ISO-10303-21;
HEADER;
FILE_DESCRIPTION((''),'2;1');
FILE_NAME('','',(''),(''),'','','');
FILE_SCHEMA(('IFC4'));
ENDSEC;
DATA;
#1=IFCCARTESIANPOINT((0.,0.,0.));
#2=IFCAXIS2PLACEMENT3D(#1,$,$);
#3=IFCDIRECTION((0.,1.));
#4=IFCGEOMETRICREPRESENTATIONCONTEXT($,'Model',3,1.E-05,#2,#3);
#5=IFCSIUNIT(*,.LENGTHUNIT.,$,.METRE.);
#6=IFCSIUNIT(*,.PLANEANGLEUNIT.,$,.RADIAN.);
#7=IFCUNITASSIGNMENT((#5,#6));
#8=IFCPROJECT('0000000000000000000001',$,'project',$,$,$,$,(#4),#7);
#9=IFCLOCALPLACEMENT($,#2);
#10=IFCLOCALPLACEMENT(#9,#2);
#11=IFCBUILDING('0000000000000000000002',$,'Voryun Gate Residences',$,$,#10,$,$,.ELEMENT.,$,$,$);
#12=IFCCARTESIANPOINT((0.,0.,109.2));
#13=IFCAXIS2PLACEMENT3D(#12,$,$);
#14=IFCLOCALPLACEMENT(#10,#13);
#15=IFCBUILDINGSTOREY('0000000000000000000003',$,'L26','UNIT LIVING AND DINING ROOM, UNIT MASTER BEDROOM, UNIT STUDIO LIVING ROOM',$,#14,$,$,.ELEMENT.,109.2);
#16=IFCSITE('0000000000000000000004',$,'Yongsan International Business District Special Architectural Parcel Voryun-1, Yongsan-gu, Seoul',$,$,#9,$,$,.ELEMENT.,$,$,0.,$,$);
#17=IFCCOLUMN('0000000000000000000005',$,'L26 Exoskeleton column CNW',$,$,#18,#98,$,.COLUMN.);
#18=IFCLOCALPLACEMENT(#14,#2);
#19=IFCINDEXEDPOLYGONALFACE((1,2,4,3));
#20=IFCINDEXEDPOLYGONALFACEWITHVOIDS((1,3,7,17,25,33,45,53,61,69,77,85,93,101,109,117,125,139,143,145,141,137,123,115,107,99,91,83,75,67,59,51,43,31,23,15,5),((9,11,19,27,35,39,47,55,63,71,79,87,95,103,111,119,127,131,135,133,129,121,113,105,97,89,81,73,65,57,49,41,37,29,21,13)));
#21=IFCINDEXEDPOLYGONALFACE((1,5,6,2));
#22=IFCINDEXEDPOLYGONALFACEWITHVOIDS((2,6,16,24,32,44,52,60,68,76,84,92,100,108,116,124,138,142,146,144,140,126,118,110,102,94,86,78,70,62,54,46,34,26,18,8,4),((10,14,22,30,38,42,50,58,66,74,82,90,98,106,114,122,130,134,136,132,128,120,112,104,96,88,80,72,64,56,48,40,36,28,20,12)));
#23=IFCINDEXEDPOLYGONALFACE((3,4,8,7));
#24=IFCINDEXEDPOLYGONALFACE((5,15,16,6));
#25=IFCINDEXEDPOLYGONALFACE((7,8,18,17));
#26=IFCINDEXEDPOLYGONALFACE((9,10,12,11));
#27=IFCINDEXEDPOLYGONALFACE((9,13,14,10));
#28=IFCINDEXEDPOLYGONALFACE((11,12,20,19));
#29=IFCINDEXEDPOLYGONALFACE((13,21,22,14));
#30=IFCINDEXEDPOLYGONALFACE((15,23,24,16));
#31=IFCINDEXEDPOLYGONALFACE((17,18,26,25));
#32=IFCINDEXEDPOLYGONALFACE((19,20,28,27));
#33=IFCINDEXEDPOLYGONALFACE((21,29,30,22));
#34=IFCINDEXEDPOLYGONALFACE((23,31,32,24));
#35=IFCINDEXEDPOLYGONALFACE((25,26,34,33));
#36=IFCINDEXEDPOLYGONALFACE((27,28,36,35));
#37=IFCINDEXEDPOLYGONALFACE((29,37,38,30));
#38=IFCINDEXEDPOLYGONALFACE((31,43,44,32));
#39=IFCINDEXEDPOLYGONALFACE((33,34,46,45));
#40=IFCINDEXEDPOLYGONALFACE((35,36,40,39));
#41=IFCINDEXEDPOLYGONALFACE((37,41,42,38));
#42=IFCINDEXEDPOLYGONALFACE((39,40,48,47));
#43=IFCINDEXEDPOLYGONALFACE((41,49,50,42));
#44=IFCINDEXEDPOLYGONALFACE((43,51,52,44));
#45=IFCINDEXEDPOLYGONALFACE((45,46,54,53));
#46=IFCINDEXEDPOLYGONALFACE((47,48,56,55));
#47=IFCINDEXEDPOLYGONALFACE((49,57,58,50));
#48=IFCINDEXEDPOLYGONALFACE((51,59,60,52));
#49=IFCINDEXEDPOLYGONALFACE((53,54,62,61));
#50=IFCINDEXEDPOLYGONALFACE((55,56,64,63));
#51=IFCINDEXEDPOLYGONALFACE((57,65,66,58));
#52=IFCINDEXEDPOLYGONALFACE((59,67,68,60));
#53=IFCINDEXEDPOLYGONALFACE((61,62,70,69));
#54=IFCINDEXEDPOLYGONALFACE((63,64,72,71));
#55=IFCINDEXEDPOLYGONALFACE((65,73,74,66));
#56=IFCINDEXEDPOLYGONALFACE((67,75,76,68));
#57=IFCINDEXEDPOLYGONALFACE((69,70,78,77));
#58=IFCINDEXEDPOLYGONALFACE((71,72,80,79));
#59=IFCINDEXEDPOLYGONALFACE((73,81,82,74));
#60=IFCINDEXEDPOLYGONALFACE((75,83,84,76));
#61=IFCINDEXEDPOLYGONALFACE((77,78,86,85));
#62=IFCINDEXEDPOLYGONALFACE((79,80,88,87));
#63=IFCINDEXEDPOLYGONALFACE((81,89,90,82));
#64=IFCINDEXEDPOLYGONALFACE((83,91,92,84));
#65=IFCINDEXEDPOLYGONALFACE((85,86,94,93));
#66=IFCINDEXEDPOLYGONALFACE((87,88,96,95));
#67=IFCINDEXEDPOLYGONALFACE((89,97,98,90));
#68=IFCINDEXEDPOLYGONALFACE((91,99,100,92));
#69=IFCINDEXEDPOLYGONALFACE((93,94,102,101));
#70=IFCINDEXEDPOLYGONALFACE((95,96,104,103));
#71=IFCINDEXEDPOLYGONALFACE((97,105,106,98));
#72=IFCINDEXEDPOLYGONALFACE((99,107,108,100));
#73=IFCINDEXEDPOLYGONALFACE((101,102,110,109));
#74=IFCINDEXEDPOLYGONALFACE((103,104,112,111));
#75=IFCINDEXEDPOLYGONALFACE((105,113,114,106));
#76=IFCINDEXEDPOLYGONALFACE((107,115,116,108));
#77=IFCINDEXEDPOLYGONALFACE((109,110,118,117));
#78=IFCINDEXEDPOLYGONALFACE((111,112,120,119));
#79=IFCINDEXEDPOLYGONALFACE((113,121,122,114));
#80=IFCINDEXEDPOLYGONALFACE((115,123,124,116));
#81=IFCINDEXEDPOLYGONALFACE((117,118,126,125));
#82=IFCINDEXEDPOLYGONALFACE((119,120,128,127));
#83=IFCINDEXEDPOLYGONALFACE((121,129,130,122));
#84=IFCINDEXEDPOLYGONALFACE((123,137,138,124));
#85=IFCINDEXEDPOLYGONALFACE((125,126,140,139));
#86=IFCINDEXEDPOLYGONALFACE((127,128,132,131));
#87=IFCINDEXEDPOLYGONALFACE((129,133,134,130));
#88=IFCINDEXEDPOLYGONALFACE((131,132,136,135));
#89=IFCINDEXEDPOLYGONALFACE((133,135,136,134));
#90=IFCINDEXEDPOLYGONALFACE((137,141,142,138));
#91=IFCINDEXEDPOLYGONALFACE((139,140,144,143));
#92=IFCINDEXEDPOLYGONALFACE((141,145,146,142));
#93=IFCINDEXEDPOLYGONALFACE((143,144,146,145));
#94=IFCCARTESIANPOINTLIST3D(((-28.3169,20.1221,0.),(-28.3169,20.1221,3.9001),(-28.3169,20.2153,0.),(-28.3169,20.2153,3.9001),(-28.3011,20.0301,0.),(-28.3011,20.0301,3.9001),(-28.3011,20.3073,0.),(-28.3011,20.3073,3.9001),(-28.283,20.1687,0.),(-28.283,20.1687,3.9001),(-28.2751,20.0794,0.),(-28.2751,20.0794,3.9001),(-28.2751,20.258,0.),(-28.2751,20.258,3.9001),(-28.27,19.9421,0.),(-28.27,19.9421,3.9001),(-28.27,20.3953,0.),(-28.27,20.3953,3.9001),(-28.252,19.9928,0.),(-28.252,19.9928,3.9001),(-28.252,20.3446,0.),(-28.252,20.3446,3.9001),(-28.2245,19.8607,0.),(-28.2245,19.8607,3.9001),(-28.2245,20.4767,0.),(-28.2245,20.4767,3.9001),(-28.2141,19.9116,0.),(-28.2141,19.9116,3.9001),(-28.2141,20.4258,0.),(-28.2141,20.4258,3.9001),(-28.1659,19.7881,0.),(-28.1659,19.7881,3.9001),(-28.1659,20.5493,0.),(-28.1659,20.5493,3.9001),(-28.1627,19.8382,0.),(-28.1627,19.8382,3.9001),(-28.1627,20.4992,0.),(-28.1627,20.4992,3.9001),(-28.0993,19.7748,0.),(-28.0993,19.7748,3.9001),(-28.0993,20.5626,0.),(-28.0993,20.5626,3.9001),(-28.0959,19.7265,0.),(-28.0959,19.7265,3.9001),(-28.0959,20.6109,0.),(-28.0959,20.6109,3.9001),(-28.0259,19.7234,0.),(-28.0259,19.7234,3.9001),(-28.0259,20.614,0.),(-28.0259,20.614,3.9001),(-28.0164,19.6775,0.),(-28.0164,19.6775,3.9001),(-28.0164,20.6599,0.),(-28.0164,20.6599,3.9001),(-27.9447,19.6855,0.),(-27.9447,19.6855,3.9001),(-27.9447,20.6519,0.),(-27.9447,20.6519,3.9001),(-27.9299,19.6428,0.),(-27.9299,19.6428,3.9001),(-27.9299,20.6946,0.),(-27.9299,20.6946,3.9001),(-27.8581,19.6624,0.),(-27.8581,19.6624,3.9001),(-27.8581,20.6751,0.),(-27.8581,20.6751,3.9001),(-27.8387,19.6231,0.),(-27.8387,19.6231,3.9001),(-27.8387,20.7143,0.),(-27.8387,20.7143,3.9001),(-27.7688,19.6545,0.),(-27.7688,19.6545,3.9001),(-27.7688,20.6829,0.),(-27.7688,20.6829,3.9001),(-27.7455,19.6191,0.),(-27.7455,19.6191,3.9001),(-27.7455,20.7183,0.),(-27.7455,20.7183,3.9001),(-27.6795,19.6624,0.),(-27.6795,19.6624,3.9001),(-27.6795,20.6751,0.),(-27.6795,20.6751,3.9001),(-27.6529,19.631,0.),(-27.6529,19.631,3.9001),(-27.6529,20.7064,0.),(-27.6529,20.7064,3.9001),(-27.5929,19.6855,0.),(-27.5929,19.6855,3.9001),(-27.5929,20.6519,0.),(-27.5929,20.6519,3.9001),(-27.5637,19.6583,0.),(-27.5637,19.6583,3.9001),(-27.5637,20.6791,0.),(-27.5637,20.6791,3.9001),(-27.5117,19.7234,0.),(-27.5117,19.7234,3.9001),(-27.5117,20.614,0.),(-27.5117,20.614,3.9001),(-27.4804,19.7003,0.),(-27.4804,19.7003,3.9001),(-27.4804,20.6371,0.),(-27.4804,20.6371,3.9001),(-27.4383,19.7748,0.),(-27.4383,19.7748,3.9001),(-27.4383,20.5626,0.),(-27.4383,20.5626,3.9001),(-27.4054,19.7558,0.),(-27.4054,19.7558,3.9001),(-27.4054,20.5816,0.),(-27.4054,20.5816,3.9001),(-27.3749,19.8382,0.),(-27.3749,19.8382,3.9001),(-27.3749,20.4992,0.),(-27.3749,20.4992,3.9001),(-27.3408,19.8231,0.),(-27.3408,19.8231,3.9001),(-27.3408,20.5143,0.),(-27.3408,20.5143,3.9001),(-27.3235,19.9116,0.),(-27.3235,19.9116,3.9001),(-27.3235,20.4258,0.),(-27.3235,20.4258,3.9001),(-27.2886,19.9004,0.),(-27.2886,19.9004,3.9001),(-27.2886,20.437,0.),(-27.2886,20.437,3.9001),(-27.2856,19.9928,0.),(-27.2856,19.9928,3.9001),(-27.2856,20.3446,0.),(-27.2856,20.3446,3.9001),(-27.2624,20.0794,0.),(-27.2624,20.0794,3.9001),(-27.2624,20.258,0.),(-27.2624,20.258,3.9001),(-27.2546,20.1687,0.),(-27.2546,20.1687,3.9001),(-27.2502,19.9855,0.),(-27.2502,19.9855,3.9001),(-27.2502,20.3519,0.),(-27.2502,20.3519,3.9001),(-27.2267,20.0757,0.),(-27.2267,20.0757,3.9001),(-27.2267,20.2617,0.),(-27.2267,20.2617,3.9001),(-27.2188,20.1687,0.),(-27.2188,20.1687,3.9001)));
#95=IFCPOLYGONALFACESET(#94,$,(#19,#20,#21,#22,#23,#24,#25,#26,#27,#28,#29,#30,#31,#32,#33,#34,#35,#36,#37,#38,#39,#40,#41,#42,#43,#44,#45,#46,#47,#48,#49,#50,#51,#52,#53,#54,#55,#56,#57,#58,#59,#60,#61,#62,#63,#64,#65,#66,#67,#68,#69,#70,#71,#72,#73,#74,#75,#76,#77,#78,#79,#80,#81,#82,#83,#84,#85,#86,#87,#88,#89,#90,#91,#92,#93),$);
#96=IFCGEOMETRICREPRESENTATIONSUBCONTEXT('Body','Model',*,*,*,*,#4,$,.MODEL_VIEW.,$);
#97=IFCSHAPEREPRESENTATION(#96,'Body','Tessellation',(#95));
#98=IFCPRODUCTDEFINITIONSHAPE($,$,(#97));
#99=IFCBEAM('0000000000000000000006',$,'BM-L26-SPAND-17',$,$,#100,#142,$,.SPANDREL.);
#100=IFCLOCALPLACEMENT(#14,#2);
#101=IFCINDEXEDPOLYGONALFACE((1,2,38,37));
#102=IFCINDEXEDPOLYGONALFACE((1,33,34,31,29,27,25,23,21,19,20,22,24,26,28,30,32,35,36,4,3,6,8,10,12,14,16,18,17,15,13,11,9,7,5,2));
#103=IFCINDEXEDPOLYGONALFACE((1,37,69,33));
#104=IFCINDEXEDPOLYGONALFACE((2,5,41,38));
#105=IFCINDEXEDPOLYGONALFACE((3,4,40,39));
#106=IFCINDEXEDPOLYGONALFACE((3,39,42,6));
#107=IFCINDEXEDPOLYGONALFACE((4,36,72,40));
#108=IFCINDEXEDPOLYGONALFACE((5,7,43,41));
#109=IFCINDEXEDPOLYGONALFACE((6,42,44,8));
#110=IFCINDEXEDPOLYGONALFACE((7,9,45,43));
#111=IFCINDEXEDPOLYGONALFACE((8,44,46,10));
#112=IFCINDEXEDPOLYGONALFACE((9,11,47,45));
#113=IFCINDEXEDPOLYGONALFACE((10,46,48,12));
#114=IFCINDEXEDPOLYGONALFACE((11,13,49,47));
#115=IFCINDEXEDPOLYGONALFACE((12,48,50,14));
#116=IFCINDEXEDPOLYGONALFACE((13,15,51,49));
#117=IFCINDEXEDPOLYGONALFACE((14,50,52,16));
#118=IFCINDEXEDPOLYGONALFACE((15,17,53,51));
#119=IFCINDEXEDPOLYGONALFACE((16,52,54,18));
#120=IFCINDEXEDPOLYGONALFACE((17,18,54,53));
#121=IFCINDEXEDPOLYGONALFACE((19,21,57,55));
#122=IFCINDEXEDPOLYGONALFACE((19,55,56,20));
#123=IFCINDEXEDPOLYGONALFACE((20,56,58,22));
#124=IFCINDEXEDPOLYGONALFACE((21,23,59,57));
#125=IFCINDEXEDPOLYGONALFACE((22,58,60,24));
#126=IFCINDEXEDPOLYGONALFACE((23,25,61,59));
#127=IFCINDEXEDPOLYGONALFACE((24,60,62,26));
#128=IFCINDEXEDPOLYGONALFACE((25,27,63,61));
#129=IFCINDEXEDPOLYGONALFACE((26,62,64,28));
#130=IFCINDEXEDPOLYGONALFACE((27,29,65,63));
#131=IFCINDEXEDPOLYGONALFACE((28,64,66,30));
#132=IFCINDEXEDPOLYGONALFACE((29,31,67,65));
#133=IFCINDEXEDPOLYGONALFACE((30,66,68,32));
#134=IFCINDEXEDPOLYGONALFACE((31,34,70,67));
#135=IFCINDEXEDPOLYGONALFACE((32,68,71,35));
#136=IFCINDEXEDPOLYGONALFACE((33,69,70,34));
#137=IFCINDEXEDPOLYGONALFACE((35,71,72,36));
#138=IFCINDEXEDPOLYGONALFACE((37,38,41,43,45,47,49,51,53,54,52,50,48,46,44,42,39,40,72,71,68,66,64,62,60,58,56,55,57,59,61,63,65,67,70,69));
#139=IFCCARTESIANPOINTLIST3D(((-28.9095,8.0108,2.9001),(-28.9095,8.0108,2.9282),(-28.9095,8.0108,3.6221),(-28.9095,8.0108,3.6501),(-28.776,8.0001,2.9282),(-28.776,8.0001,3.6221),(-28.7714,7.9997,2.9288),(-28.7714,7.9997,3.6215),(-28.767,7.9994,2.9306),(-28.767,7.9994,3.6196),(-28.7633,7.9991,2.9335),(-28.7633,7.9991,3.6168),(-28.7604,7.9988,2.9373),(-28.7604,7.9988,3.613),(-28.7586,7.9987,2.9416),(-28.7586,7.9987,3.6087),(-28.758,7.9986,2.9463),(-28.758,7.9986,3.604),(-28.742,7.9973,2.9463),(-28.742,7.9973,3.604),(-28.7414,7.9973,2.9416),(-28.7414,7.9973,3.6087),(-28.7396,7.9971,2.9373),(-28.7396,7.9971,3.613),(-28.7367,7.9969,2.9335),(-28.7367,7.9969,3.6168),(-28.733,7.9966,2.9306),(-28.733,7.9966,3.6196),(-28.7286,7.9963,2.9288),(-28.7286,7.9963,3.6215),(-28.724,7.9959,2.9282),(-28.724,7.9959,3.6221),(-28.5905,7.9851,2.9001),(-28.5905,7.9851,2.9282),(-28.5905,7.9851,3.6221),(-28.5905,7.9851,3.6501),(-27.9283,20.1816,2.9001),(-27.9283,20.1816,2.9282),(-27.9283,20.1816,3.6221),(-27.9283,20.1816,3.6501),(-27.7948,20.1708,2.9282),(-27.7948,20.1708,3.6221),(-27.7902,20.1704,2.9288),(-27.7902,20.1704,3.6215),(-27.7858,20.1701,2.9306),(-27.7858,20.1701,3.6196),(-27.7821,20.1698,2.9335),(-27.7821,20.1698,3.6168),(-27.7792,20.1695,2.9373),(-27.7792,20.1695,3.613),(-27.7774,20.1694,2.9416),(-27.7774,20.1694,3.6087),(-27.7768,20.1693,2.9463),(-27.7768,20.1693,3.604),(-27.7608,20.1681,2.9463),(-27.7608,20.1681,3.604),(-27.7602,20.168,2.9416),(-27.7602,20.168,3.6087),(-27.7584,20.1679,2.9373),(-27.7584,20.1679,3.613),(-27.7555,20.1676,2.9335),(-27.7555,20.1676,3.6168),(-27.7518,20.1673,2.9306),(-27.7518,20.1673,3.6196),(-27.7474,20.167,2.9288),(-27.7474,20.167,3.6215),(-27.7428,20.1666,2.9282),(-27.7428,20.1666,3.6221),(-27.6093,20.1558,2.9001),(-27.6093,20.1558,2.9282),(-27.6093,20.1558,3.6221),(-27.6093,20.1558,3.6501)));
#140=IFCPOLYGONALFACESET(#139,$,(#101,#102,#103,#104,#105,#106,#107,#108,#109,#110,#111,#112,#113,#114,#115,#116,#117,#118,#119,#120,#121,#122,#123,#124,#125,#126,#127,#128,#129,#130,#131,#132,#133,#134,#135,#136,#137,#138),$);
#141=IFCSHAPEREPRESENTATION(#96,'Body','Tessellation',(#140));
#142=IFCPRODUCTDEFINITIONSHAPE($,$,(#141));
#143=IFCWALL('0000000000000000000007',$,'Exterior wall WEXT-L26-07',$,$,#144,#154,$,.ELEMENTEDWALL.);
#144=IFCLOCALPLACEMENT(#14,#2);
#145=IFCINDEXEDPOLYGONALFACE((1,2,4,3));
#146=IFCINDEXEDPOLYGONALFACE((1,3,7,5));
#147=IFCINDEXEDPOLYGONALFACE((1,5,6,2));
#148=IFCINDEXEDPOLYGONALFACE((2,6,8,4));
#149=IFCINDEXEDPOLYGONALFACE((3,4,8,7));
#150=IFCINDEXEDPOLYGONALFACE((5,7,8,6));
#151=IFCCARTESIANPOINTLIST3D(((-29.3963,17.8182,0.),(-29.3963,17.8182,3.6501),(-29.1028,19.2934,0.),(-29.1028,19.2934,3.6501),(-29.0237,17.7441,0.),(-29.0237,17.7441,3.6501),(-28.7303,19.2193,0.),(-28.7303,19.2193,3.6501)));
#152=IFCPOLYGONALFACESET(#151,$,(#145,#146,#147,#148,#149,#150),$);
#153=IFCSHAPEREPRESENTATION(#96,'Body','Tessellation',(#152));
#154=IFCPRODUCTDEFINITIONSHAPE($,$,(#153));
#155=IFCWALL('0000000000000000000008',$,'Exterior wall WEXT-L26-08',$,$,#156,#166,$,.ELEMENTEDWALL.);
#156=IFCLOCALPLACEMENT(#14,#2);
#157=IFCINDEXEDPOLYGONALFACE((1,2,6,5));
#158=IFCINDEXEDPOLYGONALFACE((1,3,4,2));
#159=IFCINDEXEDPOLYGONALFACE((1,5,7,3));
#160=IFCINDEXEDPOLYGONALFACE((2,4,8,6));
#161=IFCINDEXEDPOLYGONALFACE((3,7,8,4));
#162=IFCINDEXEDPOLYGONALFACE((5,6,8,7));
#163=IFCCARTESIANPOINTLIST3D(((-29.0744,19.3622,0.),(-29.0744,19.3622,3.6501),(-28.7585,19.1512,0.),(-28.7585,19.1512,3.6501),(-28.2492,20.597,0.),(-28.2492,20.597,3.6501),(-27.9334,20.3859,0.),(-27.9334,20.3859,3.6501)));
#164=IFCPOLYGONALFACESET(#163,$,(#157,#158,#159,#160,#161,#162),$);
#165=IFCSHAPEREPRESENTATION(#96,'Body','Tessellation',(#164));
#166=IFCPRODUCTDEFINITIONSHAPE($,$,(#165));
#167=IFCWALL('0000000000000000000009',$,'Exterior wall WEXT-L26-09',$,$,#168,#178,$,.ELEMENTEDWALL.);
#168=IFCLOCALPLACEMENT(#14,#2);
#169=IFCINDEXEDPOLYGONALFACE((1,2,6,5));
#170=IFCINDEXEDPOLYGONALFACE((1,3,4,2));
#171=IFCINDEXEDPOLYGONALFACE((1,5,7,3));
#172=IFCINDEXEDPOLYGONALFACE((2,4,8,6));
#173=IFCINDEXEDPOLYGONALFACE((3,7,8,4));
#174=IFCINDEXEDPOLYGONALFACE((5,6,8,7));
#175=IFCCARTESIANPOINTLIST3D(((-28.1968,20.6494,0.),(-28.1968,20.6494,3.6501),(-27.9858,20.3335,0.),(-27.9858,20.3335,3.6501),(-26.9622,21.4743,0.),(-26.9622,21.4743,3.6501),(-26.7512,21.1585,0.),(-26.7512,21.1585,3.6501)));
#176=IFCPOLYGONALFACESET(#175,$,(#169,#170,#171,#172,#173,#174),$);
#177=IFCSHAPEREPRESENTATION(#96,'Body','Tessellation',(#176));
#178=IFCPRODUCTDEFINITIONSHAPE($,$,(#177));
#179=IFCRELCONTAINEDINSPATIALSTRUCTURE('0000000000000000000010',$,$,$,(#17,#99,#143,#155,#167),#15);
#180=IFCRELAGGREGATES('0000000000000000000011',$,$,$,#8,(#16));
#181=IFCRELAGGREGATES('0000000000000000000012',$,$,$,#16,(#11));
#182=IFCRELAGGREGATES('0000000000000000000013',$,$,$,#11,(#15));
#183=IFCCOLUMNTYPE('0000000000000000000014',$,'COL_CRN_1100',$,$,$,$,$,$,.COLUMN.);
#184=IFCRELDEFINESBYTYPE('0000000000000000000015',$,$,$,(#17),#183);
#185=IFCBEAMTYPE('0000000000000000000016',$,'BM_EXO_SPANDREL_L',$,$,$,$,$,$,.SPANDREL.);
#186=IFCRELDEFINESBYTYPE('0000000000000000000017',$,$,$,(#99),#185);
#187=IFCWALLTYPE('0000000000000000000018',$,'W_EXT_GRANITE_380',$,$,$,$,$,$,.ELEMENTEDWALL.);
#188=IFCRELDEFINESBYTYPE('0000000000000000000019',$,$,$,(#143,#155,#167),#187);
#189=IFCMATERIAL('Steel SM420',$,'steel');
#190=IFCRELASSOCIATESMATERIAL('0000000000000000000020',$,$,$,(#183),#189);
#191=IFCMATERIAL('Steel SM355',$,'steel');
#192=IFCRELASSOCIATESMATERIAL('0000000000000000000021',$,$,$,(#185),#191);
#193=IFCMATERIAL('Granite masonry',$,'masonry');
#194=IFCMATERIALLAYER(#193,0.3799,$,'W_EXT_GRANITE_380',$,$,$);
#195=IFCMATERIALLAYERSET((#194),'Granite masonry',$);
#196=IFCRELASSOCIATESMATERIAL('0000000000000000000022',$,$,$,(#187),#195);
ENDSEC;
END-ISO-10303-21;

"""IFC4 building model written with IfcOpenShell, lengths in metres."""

from ifc_helpers import new_model, si_unit, direction, frame, frame_2d, origin, origin_2d, place, context, subcontext, project, spatial, rectangle, hollow_circle, i_section, extrude, material, layer, layer_set, material_profile, profile_set, type_object, element, save


model = new_model("IFC4")

# Units and contexts
model_context = context("Model", 3, precision=1e-05, world=origin(), true_north=direction((0.0, 1.0)))
body_context = subcontext(model_context, "Body", "Model", "MODEL_VIEW")
ifc_project = project(units=[si_unit("LENGTHUNIT", "METRE"), si_unit("PLANEANGLEUNIT", "RADIAN")], contexts=[model_context])

# Site, building, storey
site_placement = place(None, origin())
site = spatial("IfcSite", under=ifc_project, at=site_placement, Name="Yongsan International Business District Special Architectural Parcel Voryun-1, Yongsan-gu, Seoul", CompositionType="ELEMENT", RefElevation=0.0)
building_placement = place(site_placement, origin())
building = spatial("IfcBuilding", under=site, at=building_placement, Name="Voryun Gate Residences", CompositionType="ELEMENT")
storey_placement = place(building_placement, frame((0.0, 0.0, 109.2)))
storey = spatial("IfcBuildingStorey", under=building, at=storey_placement, Name="L26", Description="UNIT LIVING AND DINING ROOM, UNIT MASTER BEDROOM, UNIT STUDIO LIVING ROOM", CompositionType="ELEMENT", Elevation=109.2)

# Column
ifc_material_1 = material(Name="Steel SM420", Category="steel")
ifc_material_profile_1 = material_profile(ifc_material_1, hollow_circle(Radius=0.55, WallThickness=0.0359, at=origin_2d()), Name="CHS-1100x36")
ifc_profile_set_1 = profile_set([ifc_material_profile_1], Name="Steel SM420")
column_type = type_object("IfcColumnType", Name="COL_CRN_1100", PredefinedType="COLUMN", material=ifc_profile_set_1)
column_placement = place(storey_placement, frame((-27.7688, 20.1687, 0.0), z_axis=(0.0, 0.0, 1.0), x_axis=(1.0, 0.0, 0.0)))
element("IfcColumn", 1, at=column_placement, inside=storey, type_object=column_type, Name="L26 Exoskeleton column CNW", PredefinedType="COLUMN", context=body_context, shape_type="SweptSolid", body=[
    extrude(hollow_circle(Radius=0.55, WallThickness=0.0359, at=origin_2d()), origin(), (0.0, 0.0, 1.0), 3.9001),
])

# Beam
ifc_material_2 = material(Name="Steel SM355", Category="steel")
ifc_material_profile_2 = material_profile(ifc_material_2, i_section(OverallWidth=0.3201, OverallDepth=0.75, WebThickness=0.0161, FlangeThickness=0.0281, FilletRadius=0.0181, at=origin_2d()), Name="H-750x320x16x28")
ifc_profile_set_2 = profile_set([ifc_material_profile_2], Name="Steel SM355")
beam_type = type_object("IfcBeamType", Name="BM_EXO_SPANDREL_L", PredefinedType="SPANDREL", material=ifc_profile_set_2)
beam_placement = place(storey_placement, frame((-27.7688, 20.1687, 3.2751), z_axis=(-0.08036, -0.996766, 0.0), x_axis=(0.996766, -0.08036, 0.0)))
element("IfcBeam", 2, at=beam_placement, inside=storey, type_object=beam_type, Name="BM-L26-SPAND-17", PredefinedType="SPANDREL", context=body_context, shape_type="SweptSolid", body=[
    extrude(i_section(OverallWidth=0.3201, OverallDepth=0.75, WebThickness=0.0161, FlangeThickness=0.0281, FilletRadius=0.0181, at=origin_2d()), origin(), (0.0, 0.0, 1.0), 12.2102),
])

# Walls
ifc_material_3 = material(Name="Granite masonry", Category="masonry")
ifc_layer = layer(ifc_material_3, 0.3799, Name="W_EXT_GRANITE_380")
ifc_layer_set = layer_set([ifc_layer], Name="Granite masonry")
wall_type = type_object("IfcWallType", Name="W_EXT_GRANITE_380", PredefinedType="ELEMENTEDWALL", material=ifc_layer_set)
wall_1_placement = place(storey_placement, frame((-29.21, 17.7812, 0.0), z_axis=(0.0, 0.0, 1.0), x_axis=(0.195086, 0.980786, 0.0)))
element("IfcWall", 3, at=wall_1_placement, inside=storey, type_object=wall_type, Name="Exterior wall WEXT-L26-07", PredefinedType="ELEMENTEDWALL", context=body_context, shape_type="SweptSolid", body=[
    extrude(rectangle(XDim=1.5042, YDim=0.3799, at=frame_2d((0.752, 0.0))), origin(), (0.0, 0.0, 1.0), 3.6501),
])
wall_2_placement = place(storey_placement, frame((-28.9165, 19.2566, 0.0), z_axis=(0.0, 0.0, 1.0), x_axis=(0.55561, 0.831443, 0.0)))
element("IfcWall", 4, at=wall_2_placement, inside=storey, type_object=wall_type, Name="Exterior wall WEXT-L26-08", PredefinedType="ELEMENTEDWALL", context=body_context, shape_type="SweptSolid", body=[
    extrude(rectangle(XDim=1.4851, YDim=0.3799, at=frame_2d((0.7427, 0.0))), origin(), (0.0, 0.0, 1.0), 3.6501),
])
wall_3_placement = place(storey_placement, frame((-28.0913, 20.4915, 0.0), z_axis=(0.0, 0.0, 1.0), x_axis=(0.831468, 0.555573, 0.0)))
element("IfcWall", 5, at=wall_3_placement, inside=storey, type_object=wall_type, Name="Exterior wall WEXT-L26-09", PredefinedType="ELEMENTEDWALL", context=body_context, shape_type="SweptSolid", body=[
    extrude(rectangle(XDim=1.4849, YDim=0.3799, at=frame_2d((0.7424, 0.0))), origin(), (0.0, 0.0, 1.0), 3.6501),
])

save(model, "model.ifc")
